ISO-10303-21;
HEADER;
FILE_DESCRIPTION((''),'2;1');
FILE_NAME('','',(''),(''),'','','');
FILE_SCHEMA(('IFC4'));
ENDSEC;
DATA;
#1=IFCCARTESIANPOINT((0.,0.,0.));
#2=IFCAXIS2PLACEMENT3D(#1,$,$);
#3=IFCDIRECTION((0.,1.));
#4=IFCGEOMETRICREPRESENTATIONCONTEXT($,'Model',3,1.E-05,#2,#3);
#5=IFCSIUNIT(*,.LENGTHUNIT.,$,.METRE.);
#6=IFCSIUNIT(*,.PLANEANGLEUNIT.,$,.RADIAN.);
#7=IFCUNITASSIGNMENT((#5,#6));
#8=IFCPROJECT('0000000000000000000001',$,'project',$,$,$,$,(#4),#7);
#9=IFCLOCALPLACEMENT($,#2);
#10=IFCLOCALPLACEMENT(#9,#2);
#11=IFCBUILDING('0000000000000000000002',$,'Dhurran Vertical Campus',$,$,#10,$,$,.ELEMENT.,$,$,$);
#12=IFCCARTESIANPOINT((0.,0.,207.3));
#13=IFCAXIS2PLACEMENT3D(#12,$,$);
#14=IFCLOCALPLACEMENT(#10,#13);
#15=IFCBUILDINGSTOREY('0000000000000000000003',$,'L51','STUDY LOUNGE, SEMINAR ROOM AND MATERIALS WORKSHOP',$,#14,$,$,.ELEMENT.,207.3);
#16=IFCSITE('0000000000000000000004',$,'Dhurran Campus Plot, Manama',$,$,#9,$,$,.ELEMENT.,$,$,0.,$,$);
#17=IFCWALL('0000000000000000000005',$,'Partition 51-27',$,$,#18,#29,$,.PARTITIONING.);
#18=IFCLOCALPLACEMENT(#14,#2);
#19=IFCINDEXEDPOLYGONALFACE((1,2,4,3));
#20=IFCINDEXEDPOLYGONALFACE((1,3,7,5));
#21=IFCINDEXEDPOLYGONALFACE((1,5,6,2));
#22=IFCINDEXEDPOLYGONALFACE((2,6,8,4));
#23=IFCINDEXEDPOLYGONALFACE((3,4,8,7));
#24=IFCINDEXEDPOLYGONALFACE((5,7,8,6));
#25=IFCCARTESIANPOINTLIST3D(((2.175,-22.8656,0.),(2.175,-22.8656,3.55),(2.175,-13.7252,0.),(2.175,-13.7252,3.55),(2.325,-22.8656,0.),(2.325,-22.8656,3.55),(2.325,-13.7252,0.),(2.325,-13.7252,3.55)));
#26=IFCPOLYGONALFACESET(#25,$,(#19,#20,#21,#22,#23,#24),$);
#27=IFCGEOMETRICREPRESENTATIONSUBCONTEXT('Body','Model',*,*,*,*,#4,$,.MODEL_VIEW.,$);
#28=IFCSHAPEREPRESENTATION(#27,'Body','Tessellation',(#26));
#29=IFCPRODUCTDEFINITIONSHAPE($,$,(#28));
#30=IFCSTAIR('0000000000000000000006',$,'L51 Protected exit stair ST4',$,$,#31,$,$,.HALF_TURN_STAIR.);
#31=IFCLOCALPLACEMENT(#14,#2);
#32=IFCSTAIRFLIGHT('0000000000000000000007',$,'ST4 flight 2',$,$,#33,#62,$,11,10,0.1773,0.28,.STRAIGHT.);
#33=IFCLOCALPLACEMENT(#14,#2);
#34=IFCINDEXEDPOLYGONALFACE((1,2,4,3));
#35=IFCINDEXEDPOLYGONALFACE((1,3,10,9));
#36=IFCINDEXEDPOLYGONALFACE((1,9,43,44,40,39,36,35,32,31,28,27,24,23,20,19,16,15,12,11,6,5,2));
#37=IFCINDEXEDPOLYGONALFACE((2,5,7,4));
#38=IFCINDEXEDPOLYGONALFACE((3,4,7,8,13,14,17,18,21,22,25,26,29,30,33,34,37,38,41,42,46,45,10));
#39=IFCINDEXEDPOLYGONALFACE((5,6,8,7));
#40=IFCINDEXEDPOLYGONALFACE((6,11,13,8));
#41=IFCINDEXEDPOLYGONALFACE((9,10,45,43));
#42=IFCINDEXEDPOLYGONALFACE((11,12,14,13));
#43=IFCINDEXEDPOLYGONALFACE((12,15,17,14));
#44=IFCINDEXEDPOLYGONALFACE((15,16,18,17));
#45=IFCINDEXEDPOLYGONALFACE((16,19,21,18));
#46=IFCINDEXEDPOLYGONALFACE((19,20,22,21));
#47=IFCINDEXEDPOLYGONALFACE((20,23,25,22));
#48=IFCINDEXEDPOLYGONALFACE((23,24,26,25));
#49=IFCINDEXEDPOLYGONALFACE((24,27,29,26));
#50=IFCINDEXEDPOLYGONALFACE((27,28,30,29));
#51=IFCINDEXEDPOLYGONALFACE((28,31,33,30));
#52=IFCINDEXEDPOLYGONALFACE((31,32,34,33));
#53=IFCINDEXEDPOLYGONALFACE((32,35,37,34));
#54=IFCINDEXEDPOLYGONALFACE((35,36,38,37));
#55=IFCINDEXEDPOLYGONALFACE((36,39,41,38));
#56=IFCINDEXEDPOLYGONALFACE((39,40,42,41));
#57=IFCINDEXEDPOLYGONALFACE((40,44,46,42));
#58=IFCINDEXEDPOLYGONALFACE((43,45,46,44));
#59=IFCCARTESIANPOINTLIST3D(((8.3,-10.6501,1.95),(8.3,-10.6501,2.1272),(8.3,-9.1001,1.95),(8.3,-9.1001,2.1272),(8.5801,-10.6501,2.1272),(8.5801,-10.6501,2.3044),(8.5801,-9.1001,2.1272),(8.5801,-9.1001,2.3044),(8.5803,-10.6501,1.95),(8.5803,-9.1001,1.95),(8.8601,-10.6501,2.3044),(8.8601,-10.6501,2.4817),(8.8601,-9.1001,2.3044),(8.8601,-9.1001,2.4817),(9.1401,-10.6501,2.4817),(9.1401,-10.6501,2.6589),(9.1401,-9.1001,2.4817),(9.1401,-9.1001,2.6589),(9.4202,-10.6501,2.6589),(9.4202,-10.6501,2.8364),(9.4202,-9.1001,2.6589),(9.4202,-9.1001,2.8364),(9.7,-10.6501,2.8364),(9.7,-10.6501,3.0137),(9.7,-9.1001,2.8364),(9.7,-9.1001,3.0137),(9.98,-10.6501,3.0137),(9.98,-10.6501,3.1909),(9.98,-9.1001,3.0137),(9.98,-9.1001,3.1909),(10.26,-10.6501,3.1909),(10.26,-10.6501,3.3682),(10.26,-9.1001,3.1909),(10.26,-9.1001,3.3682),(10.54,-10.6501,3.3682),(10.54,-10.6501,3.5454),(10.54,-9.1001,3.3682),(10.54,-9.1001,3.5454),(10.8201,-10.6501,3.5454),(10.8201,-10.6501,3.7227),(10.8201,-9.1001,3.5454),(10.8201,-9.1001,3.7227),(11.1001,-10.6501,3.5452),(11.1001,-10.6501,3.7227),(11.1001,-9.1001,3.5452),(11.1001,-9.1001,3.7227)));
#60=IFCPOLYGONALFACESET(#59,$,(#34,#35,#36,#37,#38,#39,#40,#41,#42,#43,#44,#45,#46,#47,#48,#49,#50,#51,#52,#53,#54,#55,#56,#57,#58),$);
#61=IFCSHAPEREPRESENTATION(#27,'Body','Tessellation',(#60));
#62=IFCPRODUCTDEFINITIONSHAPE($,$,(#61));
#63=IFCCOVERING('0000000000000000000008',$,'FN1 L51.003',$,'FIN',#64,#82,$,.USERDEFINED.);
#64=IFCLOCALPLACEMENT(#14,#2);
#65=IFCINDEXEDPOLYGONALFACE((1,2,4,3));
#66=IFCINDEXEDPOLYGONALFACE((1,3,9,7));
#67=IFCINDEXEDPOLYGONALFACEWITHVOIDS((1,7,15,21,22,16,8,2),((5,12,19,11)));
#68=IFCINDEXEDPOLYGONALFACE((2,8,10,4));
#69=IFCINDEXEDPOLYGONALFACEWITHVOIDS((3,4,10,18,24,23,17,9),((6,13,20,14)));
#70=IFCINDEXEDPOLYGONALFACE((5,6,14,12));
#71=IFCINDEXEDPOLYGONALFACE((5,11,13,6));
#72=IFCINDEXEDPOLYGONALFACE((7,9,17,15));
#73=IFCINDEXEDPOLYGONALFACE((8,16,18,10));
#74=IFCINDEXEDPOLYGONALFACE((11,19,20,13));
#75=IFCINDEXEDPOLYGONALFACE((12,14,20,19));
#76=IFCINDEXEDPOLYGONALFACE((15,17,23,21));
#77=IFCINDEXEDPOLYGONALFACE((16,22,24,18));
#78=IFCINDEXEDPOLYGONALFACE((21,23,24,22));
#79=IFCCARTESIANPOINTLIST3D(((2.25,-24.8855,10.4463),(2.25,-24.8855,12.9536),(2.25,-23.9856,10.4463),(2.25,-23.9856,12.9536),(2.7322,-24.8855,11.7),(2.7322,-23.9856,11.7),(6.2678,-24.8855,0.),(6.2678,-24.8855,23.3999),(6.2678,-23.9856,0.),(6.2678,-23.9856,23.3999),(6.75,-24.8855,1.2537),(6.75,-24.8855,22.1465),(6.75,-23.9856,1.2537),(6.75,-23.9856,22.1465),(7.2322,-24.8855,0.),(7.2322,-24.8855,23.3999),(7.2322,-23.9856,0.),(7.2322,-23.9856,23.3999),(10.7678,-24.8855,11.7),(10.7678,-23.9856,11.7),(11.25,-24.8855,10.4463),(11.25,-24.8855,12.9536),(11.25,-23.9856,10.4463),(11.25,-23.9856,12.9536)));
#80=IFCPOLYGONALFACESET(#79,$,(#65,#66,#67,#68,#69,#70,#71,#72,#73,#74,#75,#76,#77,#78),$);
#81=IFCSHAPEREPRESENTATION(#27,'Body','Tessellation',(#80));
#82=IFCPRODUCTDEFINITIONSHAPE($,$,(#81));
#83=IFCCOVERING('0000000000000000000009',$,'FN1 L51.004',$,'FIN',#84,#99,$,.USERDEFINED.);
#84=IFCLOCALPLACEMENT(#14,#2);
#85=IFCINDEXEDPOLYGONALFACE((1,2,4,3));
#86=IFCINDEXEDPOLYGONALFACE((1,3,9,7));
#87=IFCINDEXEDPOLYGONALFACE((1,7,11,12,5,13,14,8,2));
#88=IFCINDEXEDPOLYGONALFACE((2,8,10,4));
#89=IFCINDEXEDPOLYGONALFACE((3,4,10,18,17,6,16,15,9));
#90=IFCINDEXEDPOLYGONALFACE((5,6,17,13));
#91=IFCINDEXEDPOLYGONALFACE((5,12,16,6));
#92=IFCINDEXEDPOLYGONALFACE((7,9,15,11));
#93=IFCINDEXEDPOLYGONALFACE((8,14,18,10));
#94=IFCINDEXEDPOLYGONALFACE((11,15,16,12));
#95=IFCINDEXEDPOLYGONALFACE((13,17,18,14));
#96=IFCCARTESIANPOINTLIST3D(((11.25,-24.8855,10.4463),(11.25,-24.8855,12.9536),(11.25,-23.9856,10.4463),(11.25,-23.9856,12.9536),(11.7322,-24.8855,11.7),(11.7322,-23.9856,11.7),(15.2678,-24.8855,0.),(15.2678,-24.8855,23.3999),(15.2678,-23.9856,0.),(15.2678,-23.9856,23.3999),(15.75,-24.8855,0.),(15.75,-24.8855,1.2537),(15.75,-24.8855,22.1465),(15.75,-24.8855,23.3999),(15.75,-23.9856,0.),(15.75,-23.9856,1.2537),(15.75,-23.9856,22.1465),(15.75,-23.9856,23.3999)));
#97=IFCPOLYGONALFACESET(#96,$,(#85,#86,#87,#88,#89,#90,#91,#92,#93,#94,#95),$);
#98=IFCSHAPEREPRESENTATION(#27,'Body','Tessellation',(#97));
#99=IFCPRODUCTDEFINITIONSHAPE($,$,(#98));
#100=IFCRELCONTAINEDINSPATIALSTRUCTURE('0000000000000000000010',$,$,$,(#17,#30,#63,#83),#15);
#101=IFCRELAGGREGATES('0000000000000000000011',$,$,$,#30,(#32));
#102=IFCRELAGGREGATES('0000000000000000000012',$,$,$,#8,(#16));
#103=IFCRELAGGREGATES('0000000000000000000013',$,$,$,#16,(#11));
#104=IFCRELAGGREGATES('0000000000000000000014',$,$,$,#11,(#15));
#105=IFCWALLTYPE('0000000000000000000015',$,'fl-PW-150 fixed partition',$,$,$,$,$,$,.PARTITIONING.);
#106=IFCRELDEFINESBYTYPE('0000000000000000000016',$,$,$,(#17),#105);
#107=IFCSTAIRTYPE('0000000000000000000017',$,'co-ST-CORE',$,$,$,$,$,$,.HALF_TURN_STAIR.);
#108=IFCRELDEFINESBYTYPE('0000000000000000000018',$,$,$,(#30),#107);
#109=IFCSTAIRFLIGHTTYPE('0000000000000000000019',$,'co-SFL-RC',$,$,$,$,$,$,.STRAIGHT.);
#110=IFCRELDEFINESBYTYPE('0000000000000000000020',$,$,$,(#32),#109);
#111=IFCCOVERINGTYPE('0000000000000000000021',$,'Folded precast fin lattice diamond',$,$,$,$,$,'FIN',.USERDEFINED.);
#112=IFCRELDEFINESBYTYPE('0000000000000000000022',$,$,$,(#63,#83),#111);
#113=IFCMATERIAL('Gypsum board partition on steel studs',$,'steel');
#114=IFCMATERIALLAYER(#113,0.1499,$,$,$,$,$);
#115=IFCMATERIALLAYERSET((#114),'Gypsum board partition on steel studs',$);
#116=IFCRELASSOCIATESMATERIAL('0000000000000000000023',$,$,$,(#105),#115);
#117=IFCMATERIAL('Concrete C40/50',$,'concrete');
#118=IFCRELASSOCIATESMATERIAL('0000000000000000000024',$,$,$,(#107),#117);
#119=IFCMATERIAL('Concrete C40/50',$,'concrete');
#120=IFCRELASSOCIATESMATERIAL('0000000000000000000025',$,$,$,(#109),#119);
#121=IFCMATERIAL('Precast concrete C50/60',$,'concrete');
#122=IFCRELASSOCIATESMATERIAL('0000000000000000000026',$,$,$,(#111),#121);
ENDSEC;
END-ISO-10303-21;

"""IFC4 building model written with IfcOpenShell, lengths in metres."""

from ifc_helpers import new_model, si_unit, direction, frame, frame_2d, origin, place, context, subcontext, project, spatial, polyline, rectangle, outline, extrude, material, layer, layer_set, type_object, element, aggregate, save


model = new_model("IFC4")

# Units and contexts
model_context = context("Model", 3, precision=1e-05, world=origin(), true_north=direction((0.0, 1.0)))
body_context = subcontext(model_context, "Body", "Model", "MODEL_VIEW")
ifc_project = project(units=[si_unit("LENGTHUNIT", "METRE"), si_unit("PLANEANGLEUNIT", "RADIAN")], contexts=[model_context])

# Site, building, storey
site_placement = place(None, origin())
site = spatial("IfcSite", under=ifc_project, at=site_placement, Name="Dhurran Campus Plot, Manama", CompositionType="ELEMENT", RefElevation=0.0)
building_placement = place(site_placement, origin())
building = spatial("IfcBuilding", under=site, at=building_placement, Name="Dhurran Vertical Campus", CompositionType="ELEMENT")
storey_placement = place(building_placement, frame((0.0, 0.0, 207.3)))
storey = spatial("IfcBuildingStorey", under=building, at=storey_placement, Name="L51", Description="STUDY LOUNGE, SEMINAR ROOM AND MATERIALS WORKSHOP", CompositionType="ELEMENT", Elevation=207.3)

# Wall
ifc_material_1 = material(Name="Gypsum board partition on steel studs", Category="steel")
ifc_layer_1 = layer(ifc_material_1, 0.1499)
ifc_layer_set_1 = layer_set([ifc_layer_1], Name="Gypsum board partition on steel studs")
wall_type_1 = type_object("IfcWallType", Name="fl-PW-150 fixed partition", PredefinedType="PARTITIONING", material=ifc_layer_set_1)
wall_1_placement = place(storey_placement, frame((2.25, -13.7251, 0.0), z_axis=(0.0, 0.0, 1.0), x_axis=(0.0, -1.0, 0.0)))
element("IfcWall", 1, at=wall_1_placement, inside=storey, type_object=wall_type_1, Name="Partition 51-27", PredefinedType="PARTITIONING", context=body_context, shape_type="SweptSolid", body=[
    extrude(rectangle(XDim=9.1404, YDim=0.1499, at=frame_2d((4.5703, 0.0))), origin(), (0.0, 0.0, 1.0), 3.55),
])

# Stair, stair flight
ifc_material_2 = material(Name="Concrete C40/50", Category="concrete")
stair_type = type_object("IfcStairType", Name="co-ST-CORE", PredefinedType="HALF_TURN_STAIR", material=ifc_material_2)
stair_placement = place(storey_placement, origin())
stair = element("IfcStair", 2, at=stair_placement, inside=storey, type_object=stair_type, Name="L51 Protected exit stair ST4", PredefinedType="HALF_TURN_STAIR")
ifc_material_3 = material(Name="Concrete C40/50", Category="concrete")
stair_flight_type = type_object("IfcStairFlightType", Name="co-SFL-RC", PredefinedType="STRAIGHT", material=ifc_material_3)
stair_flight_placement = place(storey_placement, frame((8.3, -9.875, 1.95), z_axis=(0.0, 0.0, 1.0), x_axis=(1.0, 0.0, 0.0)))
stair_flight = element("IfcStairFlight", 3, at=stair_flight_placement, type_object=stair_flight_type, Name="ST4 flight 2", NumberOfRisers=11, NumberOfTreads=10, PredefinedType="STRAIGHT", RiserHeight=0.1773, TreadLength=0.28, context=body_context, shape_type="SweptSolid", body=[
    extrude(outline(polyline([(0.0, 0.0), (0.0, 0.1772), (0.28, 0.1772), (0.28, 0.3545), (0.5601, 0.3545), (0.5601, 0.5317), (0.8401, 0.5317), (0.8401, 0.709), (1.1201, 0.709), (1.1201, 0.8865), (1.3999, 0.8865), (1.3999, 1.0637), (1.6799, 1.0637), (1.6799, 1.241), (1.96, 1.241), (1.96, 1.4182), (2.24, 1.4182), (2.24, 1.5955), (2.52, 1.5955), (2.52, 1.7727), (2.8, 1.7727), (2.8, 1.95), (2.8, 1.5952), (0.2803, 0.0), (0.0, 0.0)])), frame((0.0, 0.7749, 0.0), z_axis=(0.0, -1.0, 0.0), x_axis=(1.0, 0.0, 0.0)), (0.0, 0.0, 1.0), 1.55),
])
aggregate(stair, [stair_flight])

# Coverings
ifc_material_4 = material(Name="Precast concrete C50/60", Category="concrete")
covering_type = type_object("IfcCoveringType", Name="Folded precast fin lattice diamond", ElementType="FIN", PredefinedType="USERDEFINED", material=ifc_material_4)
covering_1_placement = place(storey_placement, frame((2.25, -23.9856, 0.0), z_axis=(0.0, -1.0, 0.0), x_axis=(1.0, 0.0, 0.0)))
element("IfcCovering", 4, at=covering_1_placement, inside=storey, type_object=covering_type, Name="FN1 L51.003", ObjectType="FIN", PredefinedType="USERDEFINED", context=body_context, shape_type="SweptSolid", body=[
    extrude(outline(polyline([(9.0, 12.9536), (9.0, 10.4463), (4.9822, 0.0), (4.0178, 0.0), (0.0, 10.4463), (0.0, 12.9536), (4.0178, 23.3999), (4.9822, 23.3999), (9.0, 12.9536)]), holes=[polyline([(8.5178, 11.7), (4.5, 22.1465), (0.4822, 11.7), (4.5, 1.2537), (8.5178, 11.7)])]), origin(), (0.0, 0.0, 1.0), 0.8999),
])
covering_2_placement = place(storey_placement, frame((11.25, -23.9856, 0.0), z_axis=(0.0, -1.0, 0.0), x_axis=(1.0, 0.0, 0.0)))
element("IfcCovering", 5, at=covering_2_placement, inside=storey, type_object=covering_type, Name="FN1 L51.004", ObjectType="FIN", PredefinedType="USERDEFINED", context=body_context, shape_type="SweptSolid", body=[
    extrude(outline(polyline([(4.0178, 0.0), (0.0, 10.4463), (0.0, 12.9536), (4.0178, 23.3999), (4.5, 23.3999), (4.5, 22.1465), (0.4822, 11.7), (4.5, 1.2537), (4.5, 0.0), (4.0178, 0.0)])), origin(), (0.0, 0.0, 1.0), 0.8999),
])

save(model, "model.ifc")
